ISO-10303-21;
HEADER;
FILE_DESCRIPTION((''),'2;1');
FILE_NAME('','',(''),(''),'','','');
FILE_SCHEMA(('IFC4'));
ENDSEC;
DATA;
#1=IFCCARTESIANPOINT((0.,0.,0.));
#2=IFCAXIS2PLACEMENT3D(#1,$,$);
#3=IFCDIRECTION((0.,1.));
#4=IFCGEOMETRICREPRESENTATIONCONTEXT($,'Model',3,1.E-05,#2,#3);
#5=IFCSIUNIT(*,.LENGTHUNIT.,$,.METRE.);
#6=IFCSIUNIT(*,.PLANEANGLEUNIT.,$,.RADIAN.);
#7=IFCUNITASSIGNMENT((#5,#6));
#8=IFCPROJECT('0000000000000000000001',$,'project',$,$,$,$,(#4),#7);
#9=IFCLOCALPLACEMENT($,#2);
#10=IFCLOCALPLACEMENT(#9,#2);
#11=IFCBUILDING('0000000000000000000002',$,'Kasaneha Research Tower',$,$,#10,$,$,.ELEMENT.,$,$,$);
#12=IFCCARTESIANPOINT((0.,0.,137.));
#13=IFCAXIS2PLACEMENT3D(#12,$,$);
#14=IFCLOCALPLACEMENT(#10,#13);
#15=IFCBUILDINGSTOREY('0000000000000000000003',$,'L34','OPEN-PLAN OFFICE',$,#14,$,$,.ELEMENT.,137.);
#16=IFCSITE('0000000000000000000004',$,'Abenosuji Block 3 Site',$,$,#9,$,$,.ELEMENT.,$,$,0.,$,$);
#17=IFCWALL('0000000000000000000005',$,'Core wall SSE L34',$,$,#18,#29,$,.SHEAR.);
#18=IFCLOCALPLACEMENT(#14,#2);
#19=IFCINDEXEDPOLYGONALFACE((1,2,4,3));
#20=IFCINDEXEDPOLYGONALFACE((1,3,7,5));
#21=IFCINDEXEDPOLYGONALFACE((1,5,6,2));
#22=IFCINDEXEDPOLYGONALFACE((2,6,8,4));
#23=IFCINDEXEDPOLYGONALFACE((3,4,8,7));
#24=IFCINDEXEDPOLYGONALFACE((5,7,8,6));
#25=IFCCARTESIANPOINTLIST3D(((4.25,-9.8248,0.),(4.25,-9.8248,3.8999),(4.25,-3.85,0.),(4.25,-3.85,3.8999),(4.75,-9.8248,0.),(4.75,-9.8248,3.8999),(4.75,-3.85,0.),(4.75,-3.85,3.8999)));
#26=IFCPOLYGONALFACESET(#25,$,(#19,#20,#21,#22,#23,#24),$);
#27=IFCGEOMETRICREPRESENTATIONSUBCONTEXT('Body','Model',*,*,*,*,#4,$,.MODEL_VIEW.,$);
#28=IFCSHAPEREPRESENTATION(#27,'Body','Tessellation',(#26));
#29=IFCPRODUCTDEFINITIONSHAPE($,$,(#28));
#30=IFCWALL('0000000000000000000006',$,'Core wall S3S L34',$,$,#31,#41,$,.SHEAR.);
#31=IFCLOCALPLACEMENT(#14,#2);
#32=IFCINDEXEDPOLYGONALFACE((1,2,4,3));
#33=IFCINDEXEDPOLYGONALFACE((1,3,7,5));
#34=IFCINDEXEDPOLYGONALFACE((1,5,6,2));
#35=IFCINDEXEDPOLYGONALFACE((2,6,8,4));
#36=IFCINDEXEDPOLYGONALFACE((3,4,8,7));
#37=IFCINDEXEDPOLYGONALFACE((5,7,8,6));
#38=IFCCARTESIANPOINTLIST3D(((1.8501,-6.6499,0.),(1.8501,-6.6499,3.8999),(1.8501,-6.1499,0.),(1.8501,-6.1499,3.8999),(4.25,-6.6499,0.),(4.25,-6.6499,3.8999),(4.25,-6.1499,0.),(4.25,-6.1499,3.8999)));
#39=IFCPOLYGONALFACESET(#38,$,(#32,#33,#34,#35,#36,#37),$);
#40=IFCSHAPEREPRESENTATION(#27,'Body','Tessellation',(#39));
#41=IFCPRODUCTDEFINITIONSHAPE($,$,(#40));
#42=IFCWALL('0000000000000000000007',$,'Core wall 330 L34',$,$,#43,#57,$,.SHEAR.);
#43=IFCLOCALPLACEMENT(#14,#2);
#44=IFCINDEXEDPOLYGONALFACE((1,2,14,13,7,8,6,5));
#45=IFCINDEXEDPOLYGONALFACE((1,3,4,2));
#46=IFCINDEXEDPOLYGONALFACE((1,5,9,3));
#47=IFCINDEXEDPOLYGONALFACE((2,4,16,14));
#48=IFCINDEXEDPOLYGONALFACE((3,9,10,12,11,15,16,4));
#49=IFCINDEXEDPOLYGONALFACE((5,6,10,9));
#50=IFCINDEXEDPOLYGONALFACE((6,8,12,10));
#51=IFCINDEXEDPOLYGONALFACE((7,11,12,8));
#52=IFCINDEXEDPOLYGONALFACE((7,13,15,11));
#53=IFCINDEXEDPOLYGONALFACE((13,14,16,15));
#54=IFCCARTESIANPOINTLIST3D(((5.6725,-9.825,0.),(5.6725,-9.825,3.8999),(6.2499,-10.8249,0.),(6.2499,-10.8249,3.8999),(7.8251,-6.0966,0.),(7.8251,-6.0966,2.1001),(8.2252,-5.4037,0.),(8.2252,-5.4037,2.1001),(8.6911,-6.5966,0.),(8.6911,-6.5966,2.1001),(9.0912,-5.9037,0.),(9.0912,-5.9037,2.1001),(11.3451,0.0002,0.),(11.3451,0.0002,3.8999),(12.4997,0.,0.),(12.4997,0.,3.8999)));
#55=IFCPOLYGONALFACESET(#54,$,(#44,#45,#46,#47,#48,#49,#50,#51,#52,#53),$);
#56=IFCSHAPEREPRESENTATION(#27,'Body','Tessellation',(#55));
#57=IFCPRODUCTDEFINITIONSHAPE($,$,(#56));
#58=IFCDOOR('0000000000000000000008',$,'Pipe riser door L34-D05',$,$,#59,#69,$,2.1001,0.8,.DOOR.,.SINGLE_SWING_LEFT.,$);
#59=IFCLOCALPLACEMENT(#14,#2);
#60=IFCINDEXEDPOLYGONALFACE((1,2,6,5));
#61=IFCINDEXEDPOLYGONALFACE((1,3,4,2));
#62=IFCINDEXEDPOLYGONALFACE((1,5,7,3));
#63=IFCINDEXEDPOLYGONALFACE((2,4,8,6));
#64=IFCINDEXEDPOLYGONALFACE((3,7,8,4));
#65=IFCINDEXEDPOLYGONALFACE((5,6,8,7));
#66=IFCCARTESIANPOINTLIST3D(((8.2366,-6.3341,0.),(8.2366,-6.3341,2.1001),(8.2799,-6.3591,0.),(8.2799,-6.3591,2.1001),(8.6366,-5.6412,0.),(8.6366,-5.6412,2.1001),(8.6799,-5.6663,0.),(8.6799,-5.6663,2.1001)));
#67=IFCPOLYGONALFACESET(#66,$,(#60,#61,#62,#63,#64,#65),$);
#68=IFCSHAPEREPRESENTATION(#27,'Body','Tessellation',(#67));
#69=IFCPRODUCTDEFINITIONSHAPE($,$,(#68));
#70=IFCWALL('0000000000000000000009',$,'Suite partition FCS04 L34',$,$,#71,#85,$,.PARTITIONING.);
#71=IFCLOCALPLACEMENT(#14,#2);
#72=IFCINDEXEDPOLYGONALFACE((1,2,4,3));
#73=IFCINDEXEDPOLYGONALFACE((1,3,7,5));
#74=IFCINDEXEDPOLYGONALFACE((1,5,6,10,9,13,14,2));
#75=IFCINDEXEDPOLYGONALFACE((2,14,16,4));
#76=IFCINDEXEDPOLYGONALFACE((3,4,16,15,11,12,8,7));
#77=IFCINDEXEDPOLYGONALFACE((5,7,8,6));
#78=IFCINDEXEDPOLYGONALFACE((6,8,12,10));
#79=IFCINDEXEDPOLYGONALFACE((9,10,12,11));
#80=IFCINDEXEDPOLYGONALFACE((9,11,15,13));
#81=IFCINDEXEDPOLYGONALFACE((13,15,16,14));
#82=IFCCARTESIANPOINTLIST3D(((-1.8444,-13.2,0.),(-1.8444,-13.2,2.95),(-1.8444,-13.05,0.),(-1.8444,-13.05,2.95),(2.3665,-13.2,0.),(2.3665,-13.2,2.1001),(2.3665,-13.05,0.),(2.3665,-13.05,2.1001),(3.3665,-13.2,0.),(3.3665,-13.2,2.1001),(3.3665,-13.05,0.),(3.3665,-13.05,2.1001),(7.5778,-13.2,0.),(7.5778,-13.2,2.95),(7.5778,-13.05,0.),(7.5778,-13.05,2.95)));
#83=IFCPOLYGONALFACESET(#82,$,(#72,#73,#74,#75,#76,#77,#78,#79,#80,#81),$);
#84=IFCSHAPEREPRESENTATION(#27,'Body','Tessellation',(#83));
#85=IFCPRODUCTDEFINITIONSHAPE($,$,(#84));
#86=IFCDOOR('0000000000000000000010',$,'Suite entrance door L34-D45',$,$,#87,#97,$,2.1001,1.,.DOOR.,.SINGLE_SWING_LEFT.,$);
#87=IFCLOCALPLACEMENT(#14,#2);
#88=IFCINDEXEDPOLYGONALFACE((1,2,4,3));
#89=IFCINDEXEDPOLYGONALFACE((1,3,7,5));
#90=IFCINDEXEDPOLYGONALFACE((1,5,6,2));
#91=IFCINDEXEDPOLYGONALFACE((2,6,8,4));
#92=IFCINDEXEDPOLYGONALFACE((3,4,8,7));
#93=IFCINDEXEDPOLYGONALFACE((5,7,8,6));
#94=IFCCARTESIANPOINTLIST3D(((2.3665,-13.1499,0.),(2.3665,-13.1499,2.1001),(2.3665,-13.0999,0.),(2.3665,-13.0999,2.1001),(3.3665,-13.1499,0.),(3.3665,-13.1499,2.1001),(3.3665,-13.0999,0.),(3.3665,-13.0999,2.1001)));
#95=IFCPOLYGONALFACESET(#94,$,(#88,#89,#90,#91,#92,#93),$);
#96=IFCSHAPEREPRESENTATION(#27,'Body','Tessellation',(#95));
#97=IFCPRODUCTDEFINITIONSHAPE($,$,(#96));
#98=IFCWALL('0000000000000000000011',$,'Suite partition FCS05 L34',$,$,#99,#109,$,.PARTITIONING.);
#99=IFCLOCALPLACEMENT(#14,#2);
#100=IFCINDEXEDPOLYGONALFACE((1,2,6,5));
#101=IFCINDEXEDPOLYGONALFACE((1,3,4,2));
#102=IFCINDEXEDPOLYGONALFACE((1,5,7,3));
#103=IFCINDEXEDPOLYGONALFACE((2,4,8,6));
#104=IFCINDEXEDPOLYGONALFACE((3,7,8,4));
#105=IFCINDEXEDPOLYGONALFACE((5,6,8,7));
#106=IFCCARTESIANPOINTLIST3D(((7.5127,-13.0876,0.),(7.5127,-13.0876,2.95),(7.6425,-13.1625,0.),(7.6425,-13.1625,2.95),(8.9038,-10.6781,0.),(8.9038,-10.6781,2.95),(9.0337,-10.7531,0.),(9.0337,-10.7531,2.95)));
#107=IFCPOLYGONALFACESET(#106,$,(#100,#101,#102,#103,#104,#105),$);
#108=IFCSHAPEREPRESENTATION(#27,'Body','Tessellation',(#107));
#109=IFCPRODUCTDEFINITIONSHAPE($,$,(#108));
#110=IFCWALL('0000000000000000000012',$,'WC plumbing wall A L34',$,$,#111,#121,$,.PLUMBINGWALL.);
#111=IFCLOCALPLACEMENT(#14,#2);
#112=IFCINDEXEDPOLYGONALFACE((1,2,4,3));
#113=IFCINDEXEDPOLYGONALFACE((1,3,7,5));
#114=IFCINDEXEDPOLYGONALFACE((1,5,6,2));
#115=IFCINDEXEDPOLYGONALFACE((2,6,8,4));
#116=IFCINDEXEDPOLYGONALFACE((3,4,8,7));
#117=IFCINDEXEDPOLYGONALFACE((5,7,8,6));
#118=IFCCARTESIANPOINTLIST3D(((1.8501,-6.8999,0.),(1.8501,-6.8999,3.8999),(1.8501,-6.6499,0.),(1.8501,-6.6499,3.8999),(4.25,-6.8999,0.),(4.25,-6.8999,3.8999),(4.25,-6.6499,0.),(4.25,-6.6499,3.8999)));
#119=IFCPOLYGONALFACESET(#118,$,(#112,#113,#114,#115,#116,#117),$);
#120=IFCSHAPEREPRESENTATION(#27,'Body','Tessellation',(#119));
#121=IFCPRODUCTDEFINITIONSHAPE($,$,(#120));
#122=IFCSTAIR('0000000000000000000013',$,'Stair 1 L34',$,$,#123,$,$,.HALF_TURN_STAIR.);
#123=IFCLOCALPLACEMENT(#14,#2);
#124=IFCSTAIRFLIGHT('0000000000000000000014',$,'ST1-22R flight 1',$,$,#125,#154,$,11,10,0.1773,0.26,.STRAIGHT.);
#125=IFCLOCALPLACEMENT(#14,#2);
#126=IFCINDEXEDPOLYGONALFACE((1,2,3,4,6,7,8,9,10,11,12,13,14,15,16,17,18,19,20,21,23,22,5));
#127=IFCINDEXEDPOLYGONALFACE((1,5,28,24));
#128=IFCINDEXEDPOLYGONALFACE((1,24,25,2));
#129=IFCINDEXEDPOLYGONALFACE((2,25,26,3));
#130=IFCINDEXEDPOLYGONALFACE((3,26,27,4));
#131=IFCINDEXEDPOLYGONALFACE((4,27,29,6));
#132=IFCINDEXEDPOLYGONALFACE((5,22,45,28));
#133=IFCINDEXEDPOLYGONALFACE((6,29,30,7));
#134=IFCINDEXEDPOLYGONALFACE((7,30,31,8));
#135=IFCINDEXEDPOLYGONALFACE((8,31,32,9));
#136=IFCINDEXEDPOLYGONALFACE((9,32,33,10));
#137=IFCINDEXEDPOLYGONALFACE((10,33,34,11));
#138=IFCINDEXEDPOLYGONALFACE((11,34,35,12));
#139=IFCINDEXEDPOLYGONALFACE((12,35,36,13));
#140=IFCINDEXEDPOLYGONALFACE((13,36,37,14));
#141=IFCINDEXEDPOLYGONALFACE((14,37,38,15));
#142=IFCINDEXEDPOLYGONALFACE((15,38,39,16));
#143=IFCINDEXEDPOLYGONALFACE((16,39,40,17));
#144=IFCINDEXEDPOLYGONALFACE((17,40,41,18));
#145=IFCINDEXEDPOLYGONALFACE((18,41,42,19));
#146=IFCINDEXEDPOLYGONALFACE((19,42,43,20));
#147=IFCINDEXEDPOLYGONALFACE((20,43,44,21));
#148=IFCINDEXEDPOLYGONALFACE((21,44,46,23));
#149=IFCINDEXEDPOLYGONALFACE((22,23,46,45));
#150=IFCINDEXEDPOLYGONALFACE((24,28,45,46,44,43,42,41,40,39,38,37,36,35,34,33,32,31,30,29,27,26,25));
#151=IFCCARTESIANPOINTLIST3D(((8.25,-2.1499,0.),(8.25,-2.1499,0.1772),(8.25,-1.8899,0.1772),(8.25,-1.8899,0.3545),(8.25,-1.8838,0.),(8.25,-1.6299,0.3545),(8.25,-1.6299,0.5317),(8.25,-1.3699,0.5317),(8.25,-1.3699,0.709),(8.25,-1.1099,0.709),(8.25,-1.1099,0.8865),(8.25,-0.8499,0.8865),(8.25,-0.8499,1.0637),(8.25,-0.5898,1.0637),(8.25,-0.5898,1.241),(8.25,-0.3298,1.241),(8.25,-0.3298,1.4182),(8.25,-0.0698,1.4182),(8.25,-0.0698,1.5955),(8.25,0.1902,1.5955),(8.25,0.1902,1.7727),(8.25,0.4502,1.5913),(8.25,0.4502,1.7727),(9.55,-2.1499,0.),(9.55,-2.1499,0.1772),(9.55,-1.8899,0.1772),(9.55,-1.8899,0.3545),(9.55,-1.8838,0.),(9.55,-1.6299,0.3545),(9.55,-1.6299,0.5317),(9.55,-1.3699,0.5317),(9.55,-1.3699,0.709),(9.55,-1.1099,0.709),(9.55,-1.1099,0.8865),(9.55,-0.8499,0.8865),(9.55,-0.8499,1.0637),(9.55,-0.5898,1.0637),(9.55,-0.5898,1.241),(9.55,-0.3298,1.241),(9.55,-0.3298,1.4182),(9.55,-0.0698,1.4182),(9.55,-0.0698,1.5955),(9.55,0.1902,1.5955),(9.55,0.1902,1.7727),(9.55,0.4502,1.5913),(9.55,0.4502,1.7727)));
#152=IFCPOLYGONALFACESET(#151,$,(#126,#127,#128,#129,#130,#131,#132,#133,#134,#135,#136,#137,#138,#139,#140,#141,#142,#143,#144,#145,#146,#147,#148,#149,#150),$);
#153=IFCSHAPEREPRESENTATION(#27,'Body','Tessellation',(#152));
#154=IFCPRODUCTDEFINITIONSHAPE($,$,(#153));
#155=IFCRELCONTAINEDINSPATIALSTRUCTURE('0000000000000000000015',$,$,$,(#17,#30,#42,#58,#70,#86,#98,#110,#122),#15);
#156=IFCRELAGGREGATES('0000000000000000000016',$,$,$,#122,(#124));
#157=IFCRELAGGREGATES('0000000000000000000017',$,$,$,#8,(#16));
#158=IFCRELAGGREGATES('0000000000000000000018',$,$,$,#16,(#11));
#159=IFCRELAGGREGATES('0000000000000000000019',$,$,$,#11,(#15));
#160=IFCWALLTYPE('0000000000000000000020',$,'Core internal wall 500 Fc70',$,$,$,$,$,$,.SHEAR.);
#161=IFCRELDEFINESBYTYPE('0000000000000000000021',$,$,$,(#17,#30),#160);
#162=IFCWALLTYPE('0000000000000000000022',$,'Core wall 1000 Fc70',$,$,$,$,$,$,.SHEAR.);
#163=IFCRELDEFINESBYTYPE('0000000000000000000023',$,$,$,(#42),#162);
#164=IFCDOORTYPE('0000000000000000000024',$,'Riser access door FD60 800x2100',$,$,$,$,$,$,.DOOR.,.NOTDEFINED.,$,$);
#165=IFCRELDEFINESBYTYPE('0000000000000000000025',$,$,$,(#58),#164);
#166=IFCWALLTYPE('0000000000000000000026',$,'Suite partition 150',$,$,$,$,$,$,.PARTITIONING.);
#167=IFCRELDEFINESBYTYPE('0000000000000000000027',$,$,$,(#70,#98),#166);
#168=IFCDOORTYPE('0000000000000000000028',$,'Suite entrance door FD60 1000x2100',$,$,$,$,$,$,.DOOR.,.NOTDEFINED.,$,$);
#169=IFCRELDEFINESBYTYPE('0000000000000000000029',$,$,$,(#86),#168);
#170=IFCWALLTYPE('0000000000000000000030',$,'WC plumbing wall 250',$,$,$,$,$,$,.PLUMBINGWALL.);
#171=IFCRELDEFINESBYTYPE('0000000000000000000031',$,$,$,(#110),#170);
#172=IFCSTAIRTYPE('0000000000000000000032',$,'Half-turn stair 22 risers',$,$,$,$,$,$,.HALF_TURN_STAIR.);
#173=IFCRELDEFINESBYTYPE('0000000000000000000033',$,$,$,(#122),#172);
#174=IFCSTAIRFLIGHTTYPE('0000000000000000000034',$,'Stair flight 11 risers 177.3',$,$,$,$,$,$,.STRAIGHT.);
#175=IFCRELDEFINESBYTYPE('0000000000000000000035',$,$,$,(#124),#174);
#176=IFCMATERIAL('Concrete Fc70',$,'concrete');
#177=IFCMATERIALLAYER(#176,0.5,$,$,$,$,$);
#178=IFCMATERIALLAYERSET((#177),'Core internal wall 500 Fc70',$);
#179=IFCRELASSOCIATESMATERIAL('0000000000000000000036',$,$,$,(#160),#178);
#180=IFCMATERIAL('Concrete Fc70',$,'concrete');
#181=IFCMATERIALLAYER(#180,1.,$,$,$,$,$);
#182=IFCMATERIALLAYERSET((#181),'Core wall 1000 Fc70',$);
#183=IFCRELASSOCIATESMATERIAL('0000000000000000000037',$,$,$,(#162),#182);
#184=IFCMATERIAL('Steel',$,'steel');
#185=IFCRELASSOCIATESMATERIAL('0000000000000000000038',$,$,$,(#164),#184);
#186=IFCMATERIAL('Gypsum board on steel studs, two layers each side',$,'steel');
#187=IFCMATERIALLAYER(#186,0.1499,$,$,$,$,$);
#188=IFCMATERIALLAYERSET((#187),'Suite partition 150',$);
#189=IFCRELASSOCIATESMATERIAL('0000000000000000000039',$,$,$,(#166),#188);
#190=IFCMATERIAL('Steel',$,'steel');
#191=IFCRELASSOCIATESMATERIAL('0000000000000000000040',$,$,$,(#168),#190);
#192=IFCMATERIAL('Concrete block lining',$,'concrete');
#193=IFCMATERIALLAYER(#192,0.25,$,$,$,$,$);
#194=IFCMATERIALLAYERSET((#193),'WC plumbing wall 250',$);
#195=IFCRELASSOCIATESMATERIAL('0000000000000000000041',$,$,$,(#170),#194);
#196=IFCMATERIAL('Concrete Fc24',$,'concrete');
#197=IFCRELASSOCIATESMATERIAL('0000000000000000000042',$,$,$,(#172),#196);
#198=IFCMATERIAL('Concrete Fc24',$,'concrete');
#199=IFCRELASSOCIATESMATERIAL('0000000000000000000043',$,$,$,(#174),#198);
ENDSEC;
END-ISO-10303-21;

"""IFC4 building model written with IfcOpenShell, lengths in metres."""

from ifc_helpers import new_model, si_unit, direction, frame, frame_2d, origin, place, context, subcontext, project, spatial, polyline, rectangle, outline, extrude, material, layer, layer_set, type_object, element, fill, aggregate, save


model = new_model("IFC4")

# Units and contexts
model_context = context("Model", 3, precision=1e-05, world=origin(), true_north=direction((0.0, 1.0)))
body_context = subcontext(model_context, "Body", "Model", "MODEL_VIEW")
ifc_project = project(units=[si_unit("LENGTHUNIT", "METRE"), si_unit("PLANEANGLEUNIT", "RADIAN")], contexts=[model_context])

# Site, building, storey
site_placement = place(None, origin())
site = spatial("IfcSite", under=ifc_project, at=site_placement, Name="Abenosuji Block 3 Site", CompositionType="ELEMENT", RefElevation=0.0)
building_placement = place(site_placement, origin())
building = spatial("IfcBuilding", under=site, at=building_placement, Name="Kasaneha Research Tower", CompositionType="ELEMENT")
storey_placement = place(building_placement, frame((0.0, 0.0, 137.0)))
storey = spatial("IfcBuildingStorey", under=building, at=storey_placement, Name="L34", Description="OPEN-PLAN OFFICE", CompositionType="ELEMENT", Elevation=137.0)

# Shared definitions
ifc_material_1 = material(Name="Concrete Fc70", Category="concrete")
ifc_layer_1 = layer(ifc_material_1, 0.5)
ifc_layer_set_1 = layer_set([ifc_layer_1], Name="Core internal wall 500 Fc70")
wall_type_1 = type_object("IfcWallType", Name="Core internal wall 500 Fc70", PredefinedType="SHEAR", material=ifc_layer_set_1)

# Walls
wall_1_placement = place(storey_placement, frame((4.5, -3.8501, 0.0), z_axis=(0.0, 0.0, 1.0), x_axis=(0.0, -1.0, 0.0)))
element("IfcWall", 1, at=wall_1_placement, inside=storey, type_object=wall_type_1, Name="Core wall SSE L34", PredefinedType="SHEAR", context=body_context, shape_type="SweptSolid", body=[
    extrude(rectangle(XDim=5.9749, YDim=0.5, at=frame_2d((2.9873, 0.0))), origin(), (0.0, 0.0, 1.0), 3.8999),
])
wall_2_placement = place(storey_placement, frame((1.8501, -6.3999, 0.0), z_axis=(0.0, 0.0, 1.0), x_axis=(1.0, 0.0, 0.0)))
element("IfcWall", 2, at=wall_2_placement, inside=storey, type_object=wall_type_1, Name="Core wall S3S L34", PredefinedType="SHEAR", context=body_context, shape_type="SweptSolid", body=[
    extrude(rectangle(XDim=2.3999, YDim=0.5, at=frame_2d((1.2, 0.0))), origin(), (0.0, 0.0, 1.0), 3.8999),
])

# Walls, openings, doors
ifc_material_2 = material(Name="Concrete Fc70", Category="concrete")
ifc_layer_2 = layer(ifc_material_2, 1.0)
ifc_layer_set_2 = layer_set([ifc_layer_2], Name="Core wall 1000 Fc70")
wall_type_2 = type_object("IfcWallType", Name="Core wall 1000 Fc70", PredefinedType="SHEAR", material=ifc_layer_set_2)
wall_3_placement = place(storey_placement, frame((5.9612, -10.325, 0.0), z_axis=(0.0, 0.0, 1.0), x_axis=(0.500004, 0.866023, 0.0)))
wall_3 = element("IfcWall", 3, at=wall_3_placement, inside=storey, type_object=wall_type_2, Name="Core wall 330 L34", PredefinedType="SHEAR", context=body_context, shape_type="SweptSolid", body=[
    extrude(outline(polyline([(-0.2886, -0.5), (4.594, -0.5), (5.394, -0.5), (12.2109, -0.5), (11.6338, 0.5), (5.394, 0.5), (4.594, 0.5), (0.2886, 0.5), (-0.2886, -0.5)])), origin(), (0.0, 0.0, 1.0), 3.8999),
])
opening_1_placement = place(wall_3_placement, frame((4.594, 0.0, 0.0)))
opening_1 = element("IfcOpeningElement", 4, at=opening_1_placement, cuts=wall_3, PredefinedType="OPENING", context=body_context, shape_type="SweptSolid", body=[
    extrude(rectangle(XDim=0.8, YDim=2.1001, at=frame_2d((0.3999, 1.05))), frame((0.0, 0.51, 0.0), z_axis=(0.0, -1.0, 0.0), x_axis=(1.0, 0.0, 0.0)), (0.0, 0.0, 1.0), 1.02),
])
ifc_material_3 = material(Name="Steel", Category="steel")
door_type_1 = type_object("IfcDoorType", Name="Riser access door FD60 800x2100", OperationType="NOTDEFINED", PredefinedType="DOOR", material=ifc_material_3)
door_1_placement = place(opening_1_placement, origin())
door_1 = element("IfcDoor", 5, at=door_1_placement, inside=storey, type_object=door_type_1, Name="Pipe riser door L34-D05", OperationType="SINGLE_SWING_LEFT", OverallHeight=2.1001, OverallWidth=0.8, PredefinedType="DOOR", context=body_context, shape_type="SweptSolid", body=[
    extrude(rectangle(XDim=0.8, YDim=2.1001, at=frame_2d((0.3999, 1.05))), frame((0.0, 0.0249, 0.0), z_axis=(0.0, -1.0, 0.0), x_axis=(1.0, 0.0, 0.0)), (0.0, 0.0, 1.0), 0.05),
])
fill(opening_1, door_1)
ifc_material_4 = material(Name="Gypsum board on steel studs, two layers each side", Category="steel")
ifc_layer_3 = layer(ifc_material_4, 0.1499)
ifc_layer_set_3 = layer_set([ifc_layer_3], Name="Suite partition 150")
wall_type_3 = type_object("IfcWallType", Name="Suite partition 150", PredefinedType="PARTITIONING", material=ifc_layer_set_3)
wall_4_placement = place(storey_placement, frame((7.5776, -13.125, 0.0), z_axis=(0.0, 0.0, 1.0), x_axis=(-1.0, 0.0, 0.0)))
wall_4 = element("IfcWall", 6, at=wall_4_placement, inside=storey, type_object=wall_type_3, Name="Suite partition FCS04 L34", PredefinedType="PARTITIONING", context=body_context, shape_type="SweptSolid", body=[
    extrude(rectangle(XDim=9.4221, YDim=0.1499, at=frame_2d((4.7109, 0.0))), origin(), (0.0, 0.0, 1.0), 2.95),
])
opening_2_placement = place(wall_4_placement, frame((4.2112, 0.0, 0.0)))
opening_2 = element("IfcOpeningElement", 7, at=opening_2_placement, cuts=wall_4, PredefinedType="OPENING", context=body_context, shape_type="SweptSolid", body=[
    extrude(rectangle(XDim=1.0, YDim=2.1001, at=frame_2d((0.5, 1.05))), frame((0.0, 0.085, 0.0), z_axis=(0.0, -1.0, 0.0), x_axis=(1.0, 0.0, 0.0)), (0.0, 0.0, 1.0), 0.1699),
])
ifc_material_5 = material(Name="Steel", Category="steel")
door_type_2 = type_object("IfcDoorType", Name="Suite entrance door FD60 1000x2100", OperationType="NOTDEFINED", PredefinedType="DOOR", material=ifc_material_5)
door_2_placement = place(opening_2_placement, origin())
door_2 = element("IfcDoor", 8, at=door_2_placement, inside=storey, type_object=door_type_2, Name="Suite entrance door L34-D45", OperationType="SINGLE_SWING_LEFT", OverallHeight=2.1001, OverallWidth=1.0, PredefinedType="DOOR", context=body_context, shape_type="SweptSolid", body=[
    extrude(rectangle(XDim=1.0, YDim=2.1001, at=frame_2d((0.5, 1.05))), frame((0.0, 0.0249, 0.0), z_axis=(0.0, -1.0, 0.0), x_axis=(1.0, 0.0, 0.0)), (0.0, 0.0, 1.0), 0.05),
])
fill(opening_2, door_2)

# Walls
wall_5_placement = place(storey_placement, frame((8.9688, -10.7156, 0.0), z_axis=(0.0, 0.0, 1.0), x_axis=(-0.500009, -0.86602, 0.0)))
element("IfcWall", 9, at=wall_5_placement, inside=storey, type_object=wall_type_3, Name="Suite partition FCS05 L34", PredefinedType="PARTITIONING", context=body_context, shape_type="SweptSolid", body=[
    extrude(rectangle(XDim=2.7822, YDim=0.1499, at=frame_2d((1.3911, 0.0))), origin(), (0.0, 0.0, 1.0), 2.95),
])
ifc_material_6 = material(Name="Concrete block lining", Category="concrete")
ifc_layer_4 = layer(ifc_material_6, 0.25)
ifc_layer_set_4 = layer_set([ifc_layer_4], Name="WC plumbing wall 250")
wall_type_4 = type_object("IfcWallType", Name="WC plumbing wall 250", PredefinedType="PLUMBINGWALL", material=ifc_layer_set_4)
wall_6_placement = place(storey_placement, frame((1.8501, -6.7749, 0.0), z_axis=(0.0, 0.0, 1.0), x_axis=(1.0, 0.0, 0.0)))
element("IfcWall", 10, at=wall_6_placement, inside=storey, type_object=wall_type_4, Name="WC plumbing wall A L34", PredefinedType="PLUMBINGWALL", context=body_context, shape_type="SweptSolid", body=[
    extrude(rectangle(XDim=2.3999, YDim=0.25, at=frame_2d((1.2, 0.0))), origin(), (0.0, 0.0, 1.0), 3.8999),
])

# Stair, stair flight
ifc_material_7 = material(Name="Concrete Fc24", Category="concrete")
stair_type = type_object("IfcStairType", Name="Half-turn stair 22 risers", PredefinedType="HALF_TURN_STAIR", material=ifc_material_7)
stair_placement = place(storey_placement, origin())
stair = element("IfcStair", 11, at=stair_placement, inside=storey, type_object=stair_type, Name="Stair 1 L34", PredefinedType="HALF_TURN_STAIR")
ifc_material_8 = material(Name="Concrete Fc24", Category="concrete")
stair_flight_type = type_object("IfcStairFlightType", Name="Stair flight 11 risers 177.3", PredefinedType="STRAIGHT", material=ifc_material_8)
stair_flight_placement = place(storey_placement, frame((8.8999, -2.1499, 0.0), z_axis=(0.0, 0.0, 1.0), x_axis=(0.0, 1.0, 0.0)))
stair_flight = element("IfcStairFlight", 12, at=stair_flight_placement, type_object=stair_flight_type, Name="ST1-22R flight 1", NumberOfRisers=11, NumberOfTreads=10, PredefinedType="STRAIGHT", RiserHeight=0.1773, TreadLength=0.26, context=body_context, shape_type="SweptSolid", body=[
    extrude(outline(polyline([(0.0, 0.0), (0.0, 0.1772), (0.26, 0.1772), (0.26, 0.3545), (0.52, 0.3545), (0.52, 0.5317), (0.78, 0.5317), (0.78, 0.709), (1.04, 0.709), (1.04, 0.8865), (1.3, 0.8865), (1.3, 1.0637), (1.5601, 1.0637), (1.5601, 1.241), (1.8201, 1.241), (1.8201, 1.4182), (2.0801, 1.4182), (2.0801, 1.5955), (2.3401, 1.5955), (2.3401, 1.7727), (2.6001, 1.7727), (2.6001, 1.95), (2.6001, 1.5913), (0.2661, 0.0), (0.0, 0.0)])), frame((0.0, 0.6499, 0.0), z_axis=(0.0, -1.0, 0.0), x_axis=(1.0, 0.0, 0.0)), (0.0, 0.0, 1.0), 1.3),
])
aggregate(stair, [stair_flight])

save(model, "model.ifc")
